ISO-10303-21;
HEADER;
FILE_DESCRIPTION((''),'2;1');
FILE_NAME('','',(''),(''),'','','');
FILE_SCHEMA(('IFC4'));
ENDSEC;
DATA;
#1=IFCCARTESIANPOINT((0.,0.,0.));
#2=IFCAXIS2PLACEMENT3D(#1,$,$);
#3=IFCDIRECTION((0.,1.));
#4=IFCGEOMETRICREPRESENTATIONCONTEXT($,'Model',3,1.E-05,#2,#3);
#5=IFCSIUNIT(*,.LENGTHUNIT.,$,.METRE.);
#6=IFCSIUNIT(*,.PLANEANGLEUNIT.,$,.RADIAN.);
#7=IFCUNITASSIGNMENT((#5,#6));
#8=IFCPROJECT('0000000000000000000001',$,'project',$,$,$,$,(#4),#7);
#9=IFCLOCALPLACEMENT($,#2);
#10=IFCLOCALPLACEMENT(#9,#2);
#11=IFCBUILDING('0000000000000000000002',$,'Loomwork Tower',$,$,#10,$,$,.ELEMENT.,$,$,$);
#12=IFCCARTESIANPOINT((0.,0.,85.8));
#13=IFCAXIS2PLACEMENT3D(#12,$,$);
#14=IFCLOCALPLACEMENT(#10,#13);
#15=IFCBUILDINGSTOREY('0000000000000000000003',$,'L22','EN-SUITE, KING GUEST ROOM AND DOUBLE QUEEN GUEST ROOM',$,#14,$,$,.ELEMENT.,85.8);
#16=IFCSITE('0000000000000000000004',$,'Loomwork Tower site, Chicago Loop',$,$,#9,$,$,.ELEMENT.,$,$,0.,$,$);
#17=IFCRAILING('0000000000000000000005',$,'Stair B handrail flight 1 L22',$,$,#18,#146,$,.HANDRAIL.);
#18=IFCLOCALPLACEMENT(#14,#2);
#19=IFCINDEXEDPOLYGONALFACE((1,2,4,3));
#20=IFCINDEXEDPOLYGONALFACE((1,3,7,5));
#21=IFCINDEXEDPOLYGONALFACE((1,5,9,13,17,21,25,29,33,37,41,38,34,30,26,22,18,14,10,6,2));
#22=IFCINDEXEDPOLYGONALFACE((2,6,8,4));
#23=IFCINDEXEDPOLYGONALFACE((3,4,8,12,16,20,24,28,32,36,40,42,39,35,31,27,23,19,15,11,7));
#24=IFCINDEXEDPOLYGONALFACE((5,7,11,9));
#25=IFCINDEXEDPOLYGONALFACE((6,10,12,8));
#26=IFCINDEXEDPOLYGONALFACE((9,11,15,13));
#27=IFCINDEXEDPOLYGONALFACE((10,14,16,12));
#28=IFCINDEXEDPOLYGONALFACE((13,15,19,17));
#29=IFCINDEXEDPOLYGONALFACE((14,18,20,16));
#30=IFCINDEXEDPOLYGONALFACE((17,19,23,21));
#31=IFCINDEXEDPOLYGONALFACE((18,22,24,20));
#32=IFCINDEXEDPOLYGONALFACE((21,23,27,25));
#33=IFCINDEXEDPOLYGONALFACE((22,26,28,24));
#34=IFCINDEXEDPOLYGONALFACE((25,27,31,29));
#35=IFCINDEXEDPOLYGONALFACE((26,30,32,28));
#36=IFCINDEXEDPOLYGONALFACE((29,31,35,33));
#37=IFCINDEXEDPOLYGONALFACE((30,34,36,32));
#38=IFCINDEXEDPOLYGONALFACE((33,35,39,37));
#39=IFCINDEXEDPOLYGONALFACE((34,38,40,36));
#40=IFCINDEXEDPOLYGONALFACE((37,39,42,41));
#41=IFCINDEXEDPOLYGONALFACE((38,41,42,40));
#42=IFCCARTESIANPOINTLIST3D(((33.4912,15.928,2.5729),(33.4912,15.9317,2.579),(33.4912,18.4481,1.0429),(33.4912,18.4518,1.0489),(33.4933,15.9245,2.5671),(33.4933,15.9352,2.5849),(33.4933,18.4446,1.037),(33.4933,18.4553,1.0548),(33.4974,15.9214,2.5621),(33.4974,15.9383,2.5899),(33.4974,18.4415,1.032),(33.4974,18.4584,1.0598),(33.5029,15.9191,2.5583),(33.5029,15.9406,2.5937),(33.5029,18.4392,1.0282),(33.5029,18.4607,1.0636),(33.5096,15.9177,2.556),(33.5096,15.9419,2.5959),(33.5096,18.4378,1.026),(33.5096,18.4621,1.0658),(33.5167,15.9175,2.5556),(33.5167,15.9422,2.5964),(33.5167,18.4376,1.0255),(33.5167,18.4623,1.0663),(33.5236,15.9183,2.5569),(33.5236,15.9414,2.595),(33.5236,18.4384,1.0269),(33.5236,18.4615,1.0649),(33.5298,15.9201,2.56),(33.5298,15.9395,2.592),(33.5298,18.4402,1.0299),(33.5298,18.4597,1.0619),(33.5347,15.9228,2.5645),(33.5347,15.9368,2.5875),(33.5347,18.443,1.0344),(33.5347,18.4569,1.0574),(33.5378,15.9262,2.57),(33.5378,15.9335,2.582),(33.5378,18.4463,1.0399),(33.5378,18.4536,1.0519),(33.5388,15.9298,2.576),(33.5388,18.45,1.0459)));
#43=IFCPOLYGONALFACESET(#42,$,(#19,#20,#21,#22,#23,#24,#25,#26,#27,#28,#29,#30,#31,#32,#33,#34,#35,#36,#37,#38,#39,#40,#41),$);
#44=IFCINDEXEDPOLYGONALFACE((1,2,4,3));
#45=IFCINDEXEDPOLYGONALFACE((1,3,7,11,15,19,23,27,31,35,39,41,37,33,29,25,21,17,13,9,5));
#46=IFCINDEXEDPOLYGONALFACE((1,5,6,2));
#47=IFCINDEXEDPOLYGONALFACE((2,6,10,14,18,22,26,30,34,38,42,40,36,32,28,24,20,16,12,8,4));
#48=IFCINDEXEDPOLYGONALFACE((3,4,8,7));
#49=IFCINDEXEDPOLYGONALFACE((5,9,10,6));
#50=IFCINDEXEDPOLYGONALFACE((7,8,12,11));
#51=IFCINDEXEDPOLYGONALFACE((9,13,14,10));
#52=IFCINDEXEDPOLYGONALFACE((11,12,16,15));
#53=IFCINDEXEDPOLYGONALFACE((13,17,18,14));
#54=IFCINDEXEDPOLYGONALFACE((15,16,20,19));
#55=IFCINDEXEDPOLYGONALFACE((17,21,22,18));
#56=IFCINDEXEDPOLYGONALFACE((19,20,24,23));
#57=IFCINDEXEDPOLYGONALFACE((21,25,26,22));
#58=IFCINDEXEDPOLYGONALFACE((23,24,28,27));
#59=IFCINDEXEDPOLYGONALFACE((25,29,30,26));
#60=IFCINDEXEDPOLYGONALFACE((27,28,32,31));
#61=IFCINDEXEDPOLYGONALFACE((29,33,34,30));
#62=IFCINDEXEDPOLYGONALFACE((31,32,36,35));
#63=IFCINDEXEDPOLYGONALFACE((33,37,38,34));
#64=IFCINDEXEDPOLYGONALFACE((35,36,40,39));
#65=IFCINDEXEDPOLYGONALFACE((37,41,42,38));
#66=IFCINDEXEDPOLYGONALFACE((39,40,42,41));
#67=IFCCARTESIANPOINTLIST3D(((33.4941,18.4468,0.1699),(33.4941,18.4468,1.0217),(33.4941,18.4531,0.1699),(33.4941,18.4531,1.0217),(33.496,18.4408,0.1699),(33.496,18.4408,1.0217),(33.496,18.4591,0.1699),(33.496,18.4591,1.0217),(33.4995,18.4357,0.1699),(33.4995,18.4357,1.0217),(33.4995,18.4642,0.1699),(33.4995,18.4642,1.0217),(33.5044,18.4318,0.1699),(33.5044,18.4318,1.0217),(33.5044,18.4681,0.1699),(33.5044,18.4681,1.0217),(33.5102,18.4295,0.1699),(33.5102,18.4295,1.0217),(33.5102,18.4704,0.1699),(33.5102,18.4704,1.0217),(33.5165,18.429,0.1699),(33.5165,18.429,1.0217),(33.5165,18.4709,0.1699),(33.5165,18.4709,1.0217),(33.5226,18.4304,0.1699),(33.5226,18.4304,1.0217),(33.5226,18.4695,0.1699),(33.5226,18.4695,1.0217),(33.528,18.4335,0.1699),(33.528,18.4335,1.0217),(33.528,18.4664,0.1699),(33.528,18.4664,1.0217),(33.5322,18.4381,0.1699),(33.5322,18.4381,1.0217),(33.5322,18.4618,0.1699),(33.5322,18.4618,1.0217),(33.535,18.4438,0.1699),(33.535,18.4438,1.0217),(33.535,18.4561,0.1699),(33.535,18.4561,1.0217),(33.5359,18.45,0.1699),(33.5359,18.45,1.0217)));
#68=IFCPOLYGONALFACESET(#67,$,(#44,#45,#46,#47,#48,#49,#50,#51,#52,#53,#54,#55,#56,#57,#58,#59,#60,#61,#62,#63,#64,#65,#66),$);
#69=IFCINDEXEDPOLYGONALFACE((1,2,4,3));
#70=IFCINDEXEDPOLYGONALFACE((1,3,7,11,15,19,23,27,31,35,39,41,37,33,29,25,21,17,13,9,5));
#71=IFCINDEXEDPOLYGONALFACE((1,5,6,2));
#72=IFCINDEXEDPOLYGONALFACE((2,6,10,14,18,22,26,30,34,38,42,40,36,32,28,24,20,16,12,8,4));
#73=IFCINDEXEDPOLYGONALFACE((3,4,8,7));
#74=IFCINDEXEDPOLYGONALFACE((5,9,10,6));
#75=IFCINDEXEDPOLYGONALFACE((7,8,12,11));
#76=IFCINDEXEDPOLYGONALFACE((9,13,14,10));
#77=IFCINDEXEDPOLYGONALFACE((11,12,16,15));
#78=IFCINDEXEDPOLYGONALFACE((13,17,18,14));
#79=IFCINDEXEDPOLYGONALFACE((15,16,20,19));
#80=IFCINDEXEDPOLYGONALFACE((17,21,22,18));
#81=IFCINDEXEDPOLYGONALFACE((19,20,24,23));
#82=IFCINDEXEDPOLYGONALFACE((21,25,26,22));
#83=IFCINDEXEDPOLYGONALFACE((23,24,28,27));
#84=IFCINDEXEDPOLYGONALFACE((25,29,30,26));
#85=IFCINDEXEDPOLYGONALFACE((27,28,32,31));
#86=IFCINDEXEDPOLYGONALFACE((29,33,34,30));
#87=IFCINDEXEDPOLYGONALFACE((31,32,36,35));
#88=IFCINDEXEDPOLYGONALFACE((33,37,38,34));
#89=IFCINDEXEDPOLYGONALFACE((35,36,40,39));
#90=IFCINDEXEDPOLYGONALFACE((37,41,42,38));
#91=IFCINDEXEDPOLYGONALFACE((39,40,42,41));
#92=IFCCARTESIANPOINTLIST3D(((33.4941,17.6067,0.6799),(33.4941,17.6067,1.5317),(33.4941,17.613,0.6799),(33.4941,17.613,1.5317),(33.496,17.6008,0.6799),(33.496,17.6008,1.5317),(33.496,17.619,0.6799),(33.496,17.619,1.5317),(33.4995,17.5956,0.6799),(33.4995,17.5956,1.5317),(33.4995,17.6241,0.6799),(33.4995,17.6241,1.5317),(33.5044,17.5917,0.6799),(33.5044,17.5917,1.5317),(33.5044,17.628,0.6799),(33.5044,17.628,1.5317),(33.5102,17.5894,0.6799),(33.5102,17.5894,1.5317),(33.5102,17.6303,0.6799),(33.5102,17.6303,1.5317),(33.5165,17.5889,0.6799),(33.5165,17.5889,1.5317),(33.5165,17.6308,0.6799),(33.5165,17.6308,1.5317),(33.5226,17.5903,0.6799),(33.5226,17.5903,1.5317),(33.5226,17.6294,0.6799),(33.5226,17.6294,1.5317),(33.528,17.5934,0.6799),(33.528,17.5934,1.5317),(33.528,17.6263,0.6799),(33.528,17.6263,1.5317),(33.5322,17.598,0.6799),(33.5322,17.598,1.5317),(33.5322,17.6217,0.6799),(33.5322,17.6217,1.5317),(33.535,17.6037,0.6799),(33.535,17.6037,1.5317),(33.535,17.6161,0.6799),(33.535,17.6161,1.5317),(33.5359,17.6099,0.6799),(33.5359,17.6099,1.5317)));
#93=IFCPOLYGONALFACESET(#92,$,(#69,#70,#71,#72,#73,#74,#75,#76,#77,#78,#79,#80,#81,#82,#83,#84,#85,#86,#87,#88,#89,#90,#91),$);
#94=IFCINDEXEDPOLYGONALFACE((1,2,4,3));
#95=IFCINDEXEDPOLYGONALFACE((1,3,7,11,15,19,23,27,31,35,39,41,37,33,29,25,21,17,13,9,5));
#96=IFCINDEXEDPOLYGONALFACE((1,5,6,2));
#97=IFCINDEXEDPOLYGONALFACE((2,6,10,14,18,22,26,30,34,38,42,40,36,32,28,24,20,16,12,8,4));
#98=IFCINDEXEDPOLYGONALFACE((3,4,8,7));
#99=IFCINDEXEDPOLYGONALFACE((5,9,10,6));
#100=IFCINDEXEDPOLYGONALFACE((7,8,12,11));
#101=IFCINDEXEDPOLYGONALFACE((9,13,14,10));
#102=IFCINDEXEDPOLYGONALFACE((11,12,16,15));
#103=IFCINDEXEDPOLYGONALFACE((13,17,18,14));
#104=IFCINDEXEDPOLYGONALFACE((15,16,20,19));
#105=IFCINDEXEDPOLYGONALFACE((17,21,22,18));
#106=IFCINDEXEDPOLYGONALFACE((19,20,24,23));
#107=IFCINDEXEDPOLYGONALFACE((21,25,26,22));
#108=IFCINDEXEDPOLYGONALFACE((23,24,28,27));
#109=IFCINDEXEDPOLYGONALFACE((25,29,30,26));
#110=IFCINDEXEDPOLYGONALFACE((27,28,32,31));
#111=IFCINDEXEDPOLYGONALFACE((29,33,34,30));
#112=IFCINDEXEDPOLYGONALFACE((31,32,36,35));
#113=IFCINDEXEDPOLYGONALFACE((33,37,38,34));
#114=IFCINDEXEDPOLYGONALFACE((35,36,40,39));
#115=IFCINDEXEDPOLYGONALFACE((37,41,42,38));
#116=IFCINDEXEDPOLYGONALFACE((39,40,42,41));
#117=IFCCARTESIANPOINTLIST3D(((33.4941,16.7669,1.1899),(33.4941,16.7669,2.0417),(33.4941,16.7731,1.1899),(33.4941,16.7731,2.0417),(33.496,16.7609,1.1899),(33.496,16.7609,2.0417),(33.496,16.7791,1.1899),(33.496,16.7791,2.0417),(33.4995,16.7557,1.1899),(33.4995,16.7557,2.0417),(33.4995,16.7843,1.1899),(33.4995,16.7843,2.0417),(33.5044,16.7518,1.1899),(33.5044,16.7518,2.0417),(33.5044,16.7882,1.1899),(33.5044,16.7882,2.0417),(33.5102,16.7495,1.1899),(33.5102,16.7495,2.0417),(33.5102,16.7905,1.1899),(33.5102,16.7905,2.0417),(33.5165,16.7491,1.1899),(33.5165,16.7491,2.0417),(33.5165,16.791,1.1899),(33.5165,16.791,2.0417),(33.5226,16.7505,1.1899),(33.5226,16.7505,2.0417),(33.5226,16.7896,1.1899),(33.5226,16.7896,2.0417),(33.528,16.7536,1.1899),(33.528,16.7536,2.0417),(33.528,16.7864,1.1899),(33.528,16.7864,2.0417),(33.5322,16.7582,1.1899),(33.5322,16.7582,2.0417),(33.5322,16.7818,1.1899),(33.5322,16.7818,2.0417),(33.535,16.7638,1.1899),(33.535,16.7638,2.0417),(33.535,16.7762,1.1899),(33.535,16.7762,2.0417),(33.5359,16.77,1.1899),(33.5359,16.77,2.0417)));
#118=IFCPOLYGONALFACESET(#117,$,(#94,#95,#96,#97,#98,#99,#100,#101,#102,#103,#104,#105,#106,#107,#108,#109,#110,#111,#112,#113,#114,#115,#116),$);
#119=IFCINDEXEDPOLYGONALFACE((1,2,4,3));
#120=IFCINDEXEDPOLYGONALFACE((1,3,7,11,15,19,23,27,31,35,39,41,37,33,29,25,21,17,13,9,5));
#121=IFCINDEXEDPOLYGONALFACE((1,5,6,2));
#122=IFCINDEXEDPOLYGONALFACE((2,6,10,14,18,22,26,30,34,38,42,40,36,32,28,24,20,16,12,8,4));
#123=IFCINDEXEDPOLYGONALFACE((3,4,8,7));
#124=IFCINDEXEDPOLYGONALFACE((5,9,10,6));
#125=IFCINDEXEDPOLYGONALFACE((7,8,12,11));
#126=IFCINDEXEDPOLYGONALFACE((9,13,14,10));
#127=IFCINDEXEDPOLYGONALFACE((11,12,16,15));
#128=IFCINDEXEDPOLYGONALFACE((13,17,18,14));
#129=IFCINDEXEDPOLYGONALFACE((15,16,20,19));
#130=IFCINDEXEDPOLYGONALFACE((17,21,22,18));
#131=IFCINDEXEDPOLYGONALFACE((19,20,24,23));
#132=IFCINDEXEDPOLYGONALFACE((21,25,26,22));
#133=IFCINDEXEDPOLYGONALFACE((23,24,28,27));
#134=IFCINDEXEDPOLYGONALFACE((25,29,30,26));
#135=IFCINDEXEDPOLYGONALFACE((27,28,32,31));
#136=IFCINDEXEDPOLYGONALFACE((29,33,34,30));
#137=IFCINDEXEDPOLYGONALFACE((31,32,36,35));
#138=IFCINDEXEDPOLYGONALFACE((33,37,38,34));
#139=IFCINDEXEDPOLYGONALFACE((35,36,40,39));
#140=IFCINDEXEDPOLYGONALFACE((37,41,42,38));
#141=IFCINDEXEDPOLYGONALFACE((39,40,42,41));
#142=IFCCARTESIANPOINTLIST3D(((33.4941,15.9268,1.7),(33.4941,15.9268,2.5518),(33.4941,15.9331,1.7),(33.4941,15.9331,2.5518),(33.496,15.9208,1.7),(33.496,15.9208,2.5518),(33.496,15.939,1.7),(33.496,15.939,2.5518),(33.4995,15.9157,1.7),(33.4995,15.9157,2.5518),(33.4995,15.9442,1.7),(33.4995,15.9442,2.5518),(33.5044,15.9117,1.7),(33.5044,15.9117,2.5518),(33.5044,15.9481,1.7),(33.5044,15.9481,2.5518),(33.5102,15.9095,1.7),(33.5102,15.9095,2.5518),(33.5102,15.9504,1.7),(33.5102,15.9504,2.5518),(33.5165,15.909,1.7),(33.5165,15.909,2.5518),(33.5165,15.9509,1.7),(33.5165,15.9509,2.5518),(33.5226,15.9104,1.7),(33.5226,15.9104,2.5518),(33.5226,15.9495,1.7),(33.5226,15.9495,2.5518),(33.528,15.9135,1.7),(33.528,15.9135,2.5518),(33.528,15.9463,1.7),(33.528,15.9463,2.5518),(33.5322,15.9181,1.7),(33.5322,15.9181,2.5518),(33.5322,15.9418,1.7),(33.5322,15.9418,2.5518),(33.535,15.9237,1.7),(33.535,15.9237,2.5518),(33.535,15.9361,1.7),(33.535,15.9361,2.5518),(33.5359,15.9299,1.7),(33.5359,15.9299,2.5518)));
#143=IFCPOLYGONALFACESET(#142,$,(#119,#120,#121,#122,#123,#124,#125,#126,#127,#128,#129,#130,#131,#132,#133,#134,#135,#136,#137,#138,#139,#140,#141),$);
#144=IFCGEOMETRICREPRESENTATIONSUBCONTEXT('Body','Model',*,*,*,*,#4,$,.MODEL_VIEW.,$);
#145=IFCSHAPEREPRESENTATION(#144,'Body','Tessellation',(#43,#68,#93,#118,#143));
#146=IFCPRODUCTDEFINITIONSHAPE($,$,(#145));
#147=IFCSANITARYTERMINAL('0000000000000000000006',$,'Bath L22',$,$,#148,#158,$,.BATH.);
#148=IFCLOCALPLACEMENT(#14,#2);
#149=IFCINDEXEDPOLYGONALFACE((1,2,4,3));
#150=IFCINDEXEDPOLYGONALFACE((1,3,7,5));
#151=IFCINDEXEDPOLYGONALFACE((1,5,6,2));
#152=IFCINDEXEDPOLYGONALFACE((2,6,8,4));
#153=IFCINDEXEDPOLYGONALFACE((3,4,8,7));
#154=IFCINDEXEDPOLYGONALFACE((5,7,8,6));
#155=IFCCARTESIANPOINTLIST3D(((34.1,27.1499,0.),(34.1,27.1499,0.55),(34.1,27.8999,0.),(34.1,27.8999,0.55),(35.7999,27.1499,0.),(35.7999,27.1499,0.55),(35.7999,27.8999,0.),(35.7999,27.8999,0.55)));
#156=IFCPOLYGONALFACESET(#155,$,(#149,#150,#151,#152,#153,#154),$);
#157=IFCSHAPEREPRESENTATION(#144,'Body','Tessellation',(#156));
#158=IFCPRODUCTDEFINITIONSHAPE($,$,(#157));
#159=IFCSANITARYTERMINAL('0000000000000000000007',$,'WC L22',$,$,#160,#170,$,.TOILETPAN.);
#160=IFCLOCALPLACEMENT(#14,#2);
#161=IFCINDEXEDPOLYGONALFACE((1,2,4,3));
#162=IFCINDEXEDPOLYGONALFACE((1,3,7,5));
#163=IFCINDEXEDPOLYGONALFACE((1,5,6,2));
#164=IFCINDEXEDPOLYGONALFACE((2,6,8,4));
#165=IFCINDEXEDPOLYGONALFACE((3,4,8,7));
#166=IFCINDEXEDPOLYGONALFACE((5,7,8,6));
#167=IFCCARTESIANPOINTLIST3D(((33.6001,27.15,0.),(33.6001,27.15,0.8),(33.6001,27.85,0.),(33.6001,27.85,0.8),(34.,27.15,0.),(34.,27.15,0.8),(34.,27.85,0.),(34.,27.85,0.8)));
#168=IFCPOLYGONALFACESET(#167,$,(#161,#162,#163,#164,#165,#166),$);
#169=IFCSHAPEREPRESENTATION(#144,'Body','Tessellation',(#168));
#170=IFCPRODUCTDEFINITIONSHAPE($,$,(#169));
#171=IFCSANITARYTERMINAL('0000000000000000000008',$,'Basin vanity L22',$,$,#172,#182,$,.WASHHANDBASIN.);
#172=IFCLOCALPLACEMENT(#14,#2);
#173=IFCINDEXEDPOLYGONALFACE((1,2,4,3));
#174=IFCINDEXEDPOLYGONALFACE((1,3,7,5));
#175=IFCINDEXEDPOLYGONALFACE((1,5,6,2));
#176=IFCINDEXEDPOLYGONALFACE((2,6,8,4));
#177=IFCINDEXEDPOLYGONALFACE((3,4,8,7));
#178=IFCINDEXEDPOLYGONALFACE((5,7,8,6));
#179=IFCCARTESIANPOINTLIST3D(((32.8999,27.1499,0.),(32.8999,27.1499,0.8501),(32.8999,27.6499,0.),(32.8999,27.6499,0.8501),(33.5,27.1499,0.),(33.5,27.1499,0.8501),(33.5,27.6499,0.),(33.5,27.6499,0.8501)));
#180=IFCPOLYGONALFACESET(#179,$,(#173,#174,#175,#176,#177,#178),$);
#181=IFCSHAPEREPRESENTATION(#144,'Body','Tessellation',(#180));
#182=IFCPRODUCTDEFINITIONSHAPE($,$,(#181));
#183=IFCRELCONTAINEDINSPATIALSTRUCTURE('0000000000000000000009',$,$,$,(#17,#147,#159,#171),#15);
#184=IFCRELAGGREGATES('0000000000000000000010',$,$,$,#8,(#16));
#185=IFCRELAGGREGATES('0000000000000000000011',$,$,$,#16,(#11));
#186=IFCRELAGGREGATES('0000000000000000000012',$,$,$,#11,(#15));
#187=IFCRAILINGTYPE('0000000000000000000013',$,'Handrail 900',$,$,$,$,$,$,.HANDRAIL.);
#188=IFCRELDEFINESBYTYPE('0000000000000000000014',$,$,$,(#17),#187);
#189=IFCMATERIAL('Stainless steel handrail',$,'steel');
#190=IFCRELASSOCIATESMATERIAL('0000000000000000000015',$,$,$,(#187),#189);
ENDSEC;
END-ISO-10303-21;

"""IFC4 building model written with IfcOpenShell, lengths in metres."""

from ifc_helpers import new_model, si_unit, direction, frame, origin, origin_2d, place, context, subcontext, project, spatial, rectangle, circle, extrude, material, type_object, element, save


model = new_model("IFC4")

# Units and contexts
model_context = context("Model", 3, precision=1e-05, world=origin(), true_north=direction((0.0, 1.0)))
body_context = subcontext(model_context, "Body", "Model", "MODEL_VIEW")
ifc_project = project(units=[si_unit("LENGTHUNIT", "METRE"), si_unit("PLANEANGLEUNIT", "RADIAN")], contexts=[model_context])

# Site, building, storey
site_placement = place(None, origin())
site = spatial("IfcSite", under=ifc_project, at=site_placement, Name="Loomwork Tower site, Chicago Loop", CompositionType="ELEMENT", RefElevation=0.0)
building_placement = place(site_placement, origin())
building = spatial("IfcBuilding", under=site, at=building_placement, Name="Loomwork Tower", CompositionType="ELEMENT")
storey_placement = place(building_placement, frame((0.0, 0.0, 85.8)))
storey = spatial("IfcBuildingStorey", under=building, at=storey_placement, Name="L22", Description="EN-SUITE, KING GUEST ROOM AND DOUBLE QUEEN GUEST ROOM", CompositionType="ELEMENT", Elevation=85.8)

# Railing
ifc_material_1 = material(Name="Stainless steel handrail", Category="steel")
railing_type = type_object("IfcRailingType", Name="Handrail 900", PredefinedType="HANDRAIL", material=ifc_material_1)
railing_placement = place(storey_placement, frame((33.5149, 18.45, 0.1699)))
element("IfcRailing", 1, at=railing_placement, inside=storey, type_object=railing_type, Name="Stair B handrail flight 1 L22", PredefinedType="HANDRAIL", context=body_context, shape_type="SweptSolid", body=[
    extrude(circle(Radius=0.0239, at=origin_2d()), frame((0.0, 0.0, 0.876), z_axis=(0.0, -0.854785, 0.518982), x_axis=(1.0, 0.0, 0.0)), (0.0, 0.0, 1.0), 2.9482),
    extrude(circle(Radius=0.021, at=origin_2d()), origin(), (0.0, 0.0, 1.0), 0.8518),
    extrude(circle(Radius=0.021, at=origin_2d()), frame((0.0, -0.8401, 0.51)), (0.0, 0.0, 1.0), 0.8518),
    extrude(circle(Radius=0.021, at=origin_2d()), frame((0.0, -1.6799, 1.02)), (0.0, 0.0, 1.0), 0.8518),
    extrude(circle(Radius=0.021, at=origin_2d()), frame((0.0, -2.52, 1.53)), (0.0, 0.0, 1.0), 0.8518),
])

# Sanitary terminals
sanitary_terminal_1_placement = place(storey_placement, frame((34.95, 27.5249, 0.0), z_axis=(0.0, 0.0, 1.0), x_axis=(1.0, 0.0, 0.0)))
element("IfcSanitaryTerminal", 2, at=sanitary_terminal_1_placement, inside=storey, Name="Bath L22", PredefinedType="BATH", context=body_context, shape_type="SweptSolid", body=[
    extrude(rectangle(XDim=1.7, YDim=0.75, at=origin_2d()), origin(), (0.0, 0.0, 1.0), 0.55),
])
sanitary_terminal_2_placement = place(storey_placement, frame((33.8, 27.5, 0.0), z_axis=(0.0, 0.0, 1.0), x_axis=(1.0, 0.0, 0.0)))
element("IfcSanitaryTerminal", 3, at=sanitary_terminal_2_placement, inside=storey, Name="WC L22", PredefinedType="TOILETPAN", context=body_context, shape_type="SweptSolid", body=[
    extrude(rectangle(XDim=0.3999, YDim=0.7, at=origin_2d()), origin(), (0.0, 0.0, 1.0), 0.8),
])
sanitary_terminal_3_placement = place(storey_placement, frame((33.2, 27.3999, 0.0), z_axis=(0.0, 0.0, 1.0), x_axis=(1.0, 0.0, 0.0)))
element("IfcSanitaryTerminal", 4, at=sanitary_terminal_3_placement, inside=storey, Name="Basin vanity L22", PredefinedType="WASHHANDBASIN", context=body_context, shape_type="SweptSolid", body=[
    extrude(rectangle(XDim=0.6001, YDim=0.5, at=origin_2d()), origin(), (0.0, 0.0, 1.0), 0.8501),
])

save(model, "model.ifc")
